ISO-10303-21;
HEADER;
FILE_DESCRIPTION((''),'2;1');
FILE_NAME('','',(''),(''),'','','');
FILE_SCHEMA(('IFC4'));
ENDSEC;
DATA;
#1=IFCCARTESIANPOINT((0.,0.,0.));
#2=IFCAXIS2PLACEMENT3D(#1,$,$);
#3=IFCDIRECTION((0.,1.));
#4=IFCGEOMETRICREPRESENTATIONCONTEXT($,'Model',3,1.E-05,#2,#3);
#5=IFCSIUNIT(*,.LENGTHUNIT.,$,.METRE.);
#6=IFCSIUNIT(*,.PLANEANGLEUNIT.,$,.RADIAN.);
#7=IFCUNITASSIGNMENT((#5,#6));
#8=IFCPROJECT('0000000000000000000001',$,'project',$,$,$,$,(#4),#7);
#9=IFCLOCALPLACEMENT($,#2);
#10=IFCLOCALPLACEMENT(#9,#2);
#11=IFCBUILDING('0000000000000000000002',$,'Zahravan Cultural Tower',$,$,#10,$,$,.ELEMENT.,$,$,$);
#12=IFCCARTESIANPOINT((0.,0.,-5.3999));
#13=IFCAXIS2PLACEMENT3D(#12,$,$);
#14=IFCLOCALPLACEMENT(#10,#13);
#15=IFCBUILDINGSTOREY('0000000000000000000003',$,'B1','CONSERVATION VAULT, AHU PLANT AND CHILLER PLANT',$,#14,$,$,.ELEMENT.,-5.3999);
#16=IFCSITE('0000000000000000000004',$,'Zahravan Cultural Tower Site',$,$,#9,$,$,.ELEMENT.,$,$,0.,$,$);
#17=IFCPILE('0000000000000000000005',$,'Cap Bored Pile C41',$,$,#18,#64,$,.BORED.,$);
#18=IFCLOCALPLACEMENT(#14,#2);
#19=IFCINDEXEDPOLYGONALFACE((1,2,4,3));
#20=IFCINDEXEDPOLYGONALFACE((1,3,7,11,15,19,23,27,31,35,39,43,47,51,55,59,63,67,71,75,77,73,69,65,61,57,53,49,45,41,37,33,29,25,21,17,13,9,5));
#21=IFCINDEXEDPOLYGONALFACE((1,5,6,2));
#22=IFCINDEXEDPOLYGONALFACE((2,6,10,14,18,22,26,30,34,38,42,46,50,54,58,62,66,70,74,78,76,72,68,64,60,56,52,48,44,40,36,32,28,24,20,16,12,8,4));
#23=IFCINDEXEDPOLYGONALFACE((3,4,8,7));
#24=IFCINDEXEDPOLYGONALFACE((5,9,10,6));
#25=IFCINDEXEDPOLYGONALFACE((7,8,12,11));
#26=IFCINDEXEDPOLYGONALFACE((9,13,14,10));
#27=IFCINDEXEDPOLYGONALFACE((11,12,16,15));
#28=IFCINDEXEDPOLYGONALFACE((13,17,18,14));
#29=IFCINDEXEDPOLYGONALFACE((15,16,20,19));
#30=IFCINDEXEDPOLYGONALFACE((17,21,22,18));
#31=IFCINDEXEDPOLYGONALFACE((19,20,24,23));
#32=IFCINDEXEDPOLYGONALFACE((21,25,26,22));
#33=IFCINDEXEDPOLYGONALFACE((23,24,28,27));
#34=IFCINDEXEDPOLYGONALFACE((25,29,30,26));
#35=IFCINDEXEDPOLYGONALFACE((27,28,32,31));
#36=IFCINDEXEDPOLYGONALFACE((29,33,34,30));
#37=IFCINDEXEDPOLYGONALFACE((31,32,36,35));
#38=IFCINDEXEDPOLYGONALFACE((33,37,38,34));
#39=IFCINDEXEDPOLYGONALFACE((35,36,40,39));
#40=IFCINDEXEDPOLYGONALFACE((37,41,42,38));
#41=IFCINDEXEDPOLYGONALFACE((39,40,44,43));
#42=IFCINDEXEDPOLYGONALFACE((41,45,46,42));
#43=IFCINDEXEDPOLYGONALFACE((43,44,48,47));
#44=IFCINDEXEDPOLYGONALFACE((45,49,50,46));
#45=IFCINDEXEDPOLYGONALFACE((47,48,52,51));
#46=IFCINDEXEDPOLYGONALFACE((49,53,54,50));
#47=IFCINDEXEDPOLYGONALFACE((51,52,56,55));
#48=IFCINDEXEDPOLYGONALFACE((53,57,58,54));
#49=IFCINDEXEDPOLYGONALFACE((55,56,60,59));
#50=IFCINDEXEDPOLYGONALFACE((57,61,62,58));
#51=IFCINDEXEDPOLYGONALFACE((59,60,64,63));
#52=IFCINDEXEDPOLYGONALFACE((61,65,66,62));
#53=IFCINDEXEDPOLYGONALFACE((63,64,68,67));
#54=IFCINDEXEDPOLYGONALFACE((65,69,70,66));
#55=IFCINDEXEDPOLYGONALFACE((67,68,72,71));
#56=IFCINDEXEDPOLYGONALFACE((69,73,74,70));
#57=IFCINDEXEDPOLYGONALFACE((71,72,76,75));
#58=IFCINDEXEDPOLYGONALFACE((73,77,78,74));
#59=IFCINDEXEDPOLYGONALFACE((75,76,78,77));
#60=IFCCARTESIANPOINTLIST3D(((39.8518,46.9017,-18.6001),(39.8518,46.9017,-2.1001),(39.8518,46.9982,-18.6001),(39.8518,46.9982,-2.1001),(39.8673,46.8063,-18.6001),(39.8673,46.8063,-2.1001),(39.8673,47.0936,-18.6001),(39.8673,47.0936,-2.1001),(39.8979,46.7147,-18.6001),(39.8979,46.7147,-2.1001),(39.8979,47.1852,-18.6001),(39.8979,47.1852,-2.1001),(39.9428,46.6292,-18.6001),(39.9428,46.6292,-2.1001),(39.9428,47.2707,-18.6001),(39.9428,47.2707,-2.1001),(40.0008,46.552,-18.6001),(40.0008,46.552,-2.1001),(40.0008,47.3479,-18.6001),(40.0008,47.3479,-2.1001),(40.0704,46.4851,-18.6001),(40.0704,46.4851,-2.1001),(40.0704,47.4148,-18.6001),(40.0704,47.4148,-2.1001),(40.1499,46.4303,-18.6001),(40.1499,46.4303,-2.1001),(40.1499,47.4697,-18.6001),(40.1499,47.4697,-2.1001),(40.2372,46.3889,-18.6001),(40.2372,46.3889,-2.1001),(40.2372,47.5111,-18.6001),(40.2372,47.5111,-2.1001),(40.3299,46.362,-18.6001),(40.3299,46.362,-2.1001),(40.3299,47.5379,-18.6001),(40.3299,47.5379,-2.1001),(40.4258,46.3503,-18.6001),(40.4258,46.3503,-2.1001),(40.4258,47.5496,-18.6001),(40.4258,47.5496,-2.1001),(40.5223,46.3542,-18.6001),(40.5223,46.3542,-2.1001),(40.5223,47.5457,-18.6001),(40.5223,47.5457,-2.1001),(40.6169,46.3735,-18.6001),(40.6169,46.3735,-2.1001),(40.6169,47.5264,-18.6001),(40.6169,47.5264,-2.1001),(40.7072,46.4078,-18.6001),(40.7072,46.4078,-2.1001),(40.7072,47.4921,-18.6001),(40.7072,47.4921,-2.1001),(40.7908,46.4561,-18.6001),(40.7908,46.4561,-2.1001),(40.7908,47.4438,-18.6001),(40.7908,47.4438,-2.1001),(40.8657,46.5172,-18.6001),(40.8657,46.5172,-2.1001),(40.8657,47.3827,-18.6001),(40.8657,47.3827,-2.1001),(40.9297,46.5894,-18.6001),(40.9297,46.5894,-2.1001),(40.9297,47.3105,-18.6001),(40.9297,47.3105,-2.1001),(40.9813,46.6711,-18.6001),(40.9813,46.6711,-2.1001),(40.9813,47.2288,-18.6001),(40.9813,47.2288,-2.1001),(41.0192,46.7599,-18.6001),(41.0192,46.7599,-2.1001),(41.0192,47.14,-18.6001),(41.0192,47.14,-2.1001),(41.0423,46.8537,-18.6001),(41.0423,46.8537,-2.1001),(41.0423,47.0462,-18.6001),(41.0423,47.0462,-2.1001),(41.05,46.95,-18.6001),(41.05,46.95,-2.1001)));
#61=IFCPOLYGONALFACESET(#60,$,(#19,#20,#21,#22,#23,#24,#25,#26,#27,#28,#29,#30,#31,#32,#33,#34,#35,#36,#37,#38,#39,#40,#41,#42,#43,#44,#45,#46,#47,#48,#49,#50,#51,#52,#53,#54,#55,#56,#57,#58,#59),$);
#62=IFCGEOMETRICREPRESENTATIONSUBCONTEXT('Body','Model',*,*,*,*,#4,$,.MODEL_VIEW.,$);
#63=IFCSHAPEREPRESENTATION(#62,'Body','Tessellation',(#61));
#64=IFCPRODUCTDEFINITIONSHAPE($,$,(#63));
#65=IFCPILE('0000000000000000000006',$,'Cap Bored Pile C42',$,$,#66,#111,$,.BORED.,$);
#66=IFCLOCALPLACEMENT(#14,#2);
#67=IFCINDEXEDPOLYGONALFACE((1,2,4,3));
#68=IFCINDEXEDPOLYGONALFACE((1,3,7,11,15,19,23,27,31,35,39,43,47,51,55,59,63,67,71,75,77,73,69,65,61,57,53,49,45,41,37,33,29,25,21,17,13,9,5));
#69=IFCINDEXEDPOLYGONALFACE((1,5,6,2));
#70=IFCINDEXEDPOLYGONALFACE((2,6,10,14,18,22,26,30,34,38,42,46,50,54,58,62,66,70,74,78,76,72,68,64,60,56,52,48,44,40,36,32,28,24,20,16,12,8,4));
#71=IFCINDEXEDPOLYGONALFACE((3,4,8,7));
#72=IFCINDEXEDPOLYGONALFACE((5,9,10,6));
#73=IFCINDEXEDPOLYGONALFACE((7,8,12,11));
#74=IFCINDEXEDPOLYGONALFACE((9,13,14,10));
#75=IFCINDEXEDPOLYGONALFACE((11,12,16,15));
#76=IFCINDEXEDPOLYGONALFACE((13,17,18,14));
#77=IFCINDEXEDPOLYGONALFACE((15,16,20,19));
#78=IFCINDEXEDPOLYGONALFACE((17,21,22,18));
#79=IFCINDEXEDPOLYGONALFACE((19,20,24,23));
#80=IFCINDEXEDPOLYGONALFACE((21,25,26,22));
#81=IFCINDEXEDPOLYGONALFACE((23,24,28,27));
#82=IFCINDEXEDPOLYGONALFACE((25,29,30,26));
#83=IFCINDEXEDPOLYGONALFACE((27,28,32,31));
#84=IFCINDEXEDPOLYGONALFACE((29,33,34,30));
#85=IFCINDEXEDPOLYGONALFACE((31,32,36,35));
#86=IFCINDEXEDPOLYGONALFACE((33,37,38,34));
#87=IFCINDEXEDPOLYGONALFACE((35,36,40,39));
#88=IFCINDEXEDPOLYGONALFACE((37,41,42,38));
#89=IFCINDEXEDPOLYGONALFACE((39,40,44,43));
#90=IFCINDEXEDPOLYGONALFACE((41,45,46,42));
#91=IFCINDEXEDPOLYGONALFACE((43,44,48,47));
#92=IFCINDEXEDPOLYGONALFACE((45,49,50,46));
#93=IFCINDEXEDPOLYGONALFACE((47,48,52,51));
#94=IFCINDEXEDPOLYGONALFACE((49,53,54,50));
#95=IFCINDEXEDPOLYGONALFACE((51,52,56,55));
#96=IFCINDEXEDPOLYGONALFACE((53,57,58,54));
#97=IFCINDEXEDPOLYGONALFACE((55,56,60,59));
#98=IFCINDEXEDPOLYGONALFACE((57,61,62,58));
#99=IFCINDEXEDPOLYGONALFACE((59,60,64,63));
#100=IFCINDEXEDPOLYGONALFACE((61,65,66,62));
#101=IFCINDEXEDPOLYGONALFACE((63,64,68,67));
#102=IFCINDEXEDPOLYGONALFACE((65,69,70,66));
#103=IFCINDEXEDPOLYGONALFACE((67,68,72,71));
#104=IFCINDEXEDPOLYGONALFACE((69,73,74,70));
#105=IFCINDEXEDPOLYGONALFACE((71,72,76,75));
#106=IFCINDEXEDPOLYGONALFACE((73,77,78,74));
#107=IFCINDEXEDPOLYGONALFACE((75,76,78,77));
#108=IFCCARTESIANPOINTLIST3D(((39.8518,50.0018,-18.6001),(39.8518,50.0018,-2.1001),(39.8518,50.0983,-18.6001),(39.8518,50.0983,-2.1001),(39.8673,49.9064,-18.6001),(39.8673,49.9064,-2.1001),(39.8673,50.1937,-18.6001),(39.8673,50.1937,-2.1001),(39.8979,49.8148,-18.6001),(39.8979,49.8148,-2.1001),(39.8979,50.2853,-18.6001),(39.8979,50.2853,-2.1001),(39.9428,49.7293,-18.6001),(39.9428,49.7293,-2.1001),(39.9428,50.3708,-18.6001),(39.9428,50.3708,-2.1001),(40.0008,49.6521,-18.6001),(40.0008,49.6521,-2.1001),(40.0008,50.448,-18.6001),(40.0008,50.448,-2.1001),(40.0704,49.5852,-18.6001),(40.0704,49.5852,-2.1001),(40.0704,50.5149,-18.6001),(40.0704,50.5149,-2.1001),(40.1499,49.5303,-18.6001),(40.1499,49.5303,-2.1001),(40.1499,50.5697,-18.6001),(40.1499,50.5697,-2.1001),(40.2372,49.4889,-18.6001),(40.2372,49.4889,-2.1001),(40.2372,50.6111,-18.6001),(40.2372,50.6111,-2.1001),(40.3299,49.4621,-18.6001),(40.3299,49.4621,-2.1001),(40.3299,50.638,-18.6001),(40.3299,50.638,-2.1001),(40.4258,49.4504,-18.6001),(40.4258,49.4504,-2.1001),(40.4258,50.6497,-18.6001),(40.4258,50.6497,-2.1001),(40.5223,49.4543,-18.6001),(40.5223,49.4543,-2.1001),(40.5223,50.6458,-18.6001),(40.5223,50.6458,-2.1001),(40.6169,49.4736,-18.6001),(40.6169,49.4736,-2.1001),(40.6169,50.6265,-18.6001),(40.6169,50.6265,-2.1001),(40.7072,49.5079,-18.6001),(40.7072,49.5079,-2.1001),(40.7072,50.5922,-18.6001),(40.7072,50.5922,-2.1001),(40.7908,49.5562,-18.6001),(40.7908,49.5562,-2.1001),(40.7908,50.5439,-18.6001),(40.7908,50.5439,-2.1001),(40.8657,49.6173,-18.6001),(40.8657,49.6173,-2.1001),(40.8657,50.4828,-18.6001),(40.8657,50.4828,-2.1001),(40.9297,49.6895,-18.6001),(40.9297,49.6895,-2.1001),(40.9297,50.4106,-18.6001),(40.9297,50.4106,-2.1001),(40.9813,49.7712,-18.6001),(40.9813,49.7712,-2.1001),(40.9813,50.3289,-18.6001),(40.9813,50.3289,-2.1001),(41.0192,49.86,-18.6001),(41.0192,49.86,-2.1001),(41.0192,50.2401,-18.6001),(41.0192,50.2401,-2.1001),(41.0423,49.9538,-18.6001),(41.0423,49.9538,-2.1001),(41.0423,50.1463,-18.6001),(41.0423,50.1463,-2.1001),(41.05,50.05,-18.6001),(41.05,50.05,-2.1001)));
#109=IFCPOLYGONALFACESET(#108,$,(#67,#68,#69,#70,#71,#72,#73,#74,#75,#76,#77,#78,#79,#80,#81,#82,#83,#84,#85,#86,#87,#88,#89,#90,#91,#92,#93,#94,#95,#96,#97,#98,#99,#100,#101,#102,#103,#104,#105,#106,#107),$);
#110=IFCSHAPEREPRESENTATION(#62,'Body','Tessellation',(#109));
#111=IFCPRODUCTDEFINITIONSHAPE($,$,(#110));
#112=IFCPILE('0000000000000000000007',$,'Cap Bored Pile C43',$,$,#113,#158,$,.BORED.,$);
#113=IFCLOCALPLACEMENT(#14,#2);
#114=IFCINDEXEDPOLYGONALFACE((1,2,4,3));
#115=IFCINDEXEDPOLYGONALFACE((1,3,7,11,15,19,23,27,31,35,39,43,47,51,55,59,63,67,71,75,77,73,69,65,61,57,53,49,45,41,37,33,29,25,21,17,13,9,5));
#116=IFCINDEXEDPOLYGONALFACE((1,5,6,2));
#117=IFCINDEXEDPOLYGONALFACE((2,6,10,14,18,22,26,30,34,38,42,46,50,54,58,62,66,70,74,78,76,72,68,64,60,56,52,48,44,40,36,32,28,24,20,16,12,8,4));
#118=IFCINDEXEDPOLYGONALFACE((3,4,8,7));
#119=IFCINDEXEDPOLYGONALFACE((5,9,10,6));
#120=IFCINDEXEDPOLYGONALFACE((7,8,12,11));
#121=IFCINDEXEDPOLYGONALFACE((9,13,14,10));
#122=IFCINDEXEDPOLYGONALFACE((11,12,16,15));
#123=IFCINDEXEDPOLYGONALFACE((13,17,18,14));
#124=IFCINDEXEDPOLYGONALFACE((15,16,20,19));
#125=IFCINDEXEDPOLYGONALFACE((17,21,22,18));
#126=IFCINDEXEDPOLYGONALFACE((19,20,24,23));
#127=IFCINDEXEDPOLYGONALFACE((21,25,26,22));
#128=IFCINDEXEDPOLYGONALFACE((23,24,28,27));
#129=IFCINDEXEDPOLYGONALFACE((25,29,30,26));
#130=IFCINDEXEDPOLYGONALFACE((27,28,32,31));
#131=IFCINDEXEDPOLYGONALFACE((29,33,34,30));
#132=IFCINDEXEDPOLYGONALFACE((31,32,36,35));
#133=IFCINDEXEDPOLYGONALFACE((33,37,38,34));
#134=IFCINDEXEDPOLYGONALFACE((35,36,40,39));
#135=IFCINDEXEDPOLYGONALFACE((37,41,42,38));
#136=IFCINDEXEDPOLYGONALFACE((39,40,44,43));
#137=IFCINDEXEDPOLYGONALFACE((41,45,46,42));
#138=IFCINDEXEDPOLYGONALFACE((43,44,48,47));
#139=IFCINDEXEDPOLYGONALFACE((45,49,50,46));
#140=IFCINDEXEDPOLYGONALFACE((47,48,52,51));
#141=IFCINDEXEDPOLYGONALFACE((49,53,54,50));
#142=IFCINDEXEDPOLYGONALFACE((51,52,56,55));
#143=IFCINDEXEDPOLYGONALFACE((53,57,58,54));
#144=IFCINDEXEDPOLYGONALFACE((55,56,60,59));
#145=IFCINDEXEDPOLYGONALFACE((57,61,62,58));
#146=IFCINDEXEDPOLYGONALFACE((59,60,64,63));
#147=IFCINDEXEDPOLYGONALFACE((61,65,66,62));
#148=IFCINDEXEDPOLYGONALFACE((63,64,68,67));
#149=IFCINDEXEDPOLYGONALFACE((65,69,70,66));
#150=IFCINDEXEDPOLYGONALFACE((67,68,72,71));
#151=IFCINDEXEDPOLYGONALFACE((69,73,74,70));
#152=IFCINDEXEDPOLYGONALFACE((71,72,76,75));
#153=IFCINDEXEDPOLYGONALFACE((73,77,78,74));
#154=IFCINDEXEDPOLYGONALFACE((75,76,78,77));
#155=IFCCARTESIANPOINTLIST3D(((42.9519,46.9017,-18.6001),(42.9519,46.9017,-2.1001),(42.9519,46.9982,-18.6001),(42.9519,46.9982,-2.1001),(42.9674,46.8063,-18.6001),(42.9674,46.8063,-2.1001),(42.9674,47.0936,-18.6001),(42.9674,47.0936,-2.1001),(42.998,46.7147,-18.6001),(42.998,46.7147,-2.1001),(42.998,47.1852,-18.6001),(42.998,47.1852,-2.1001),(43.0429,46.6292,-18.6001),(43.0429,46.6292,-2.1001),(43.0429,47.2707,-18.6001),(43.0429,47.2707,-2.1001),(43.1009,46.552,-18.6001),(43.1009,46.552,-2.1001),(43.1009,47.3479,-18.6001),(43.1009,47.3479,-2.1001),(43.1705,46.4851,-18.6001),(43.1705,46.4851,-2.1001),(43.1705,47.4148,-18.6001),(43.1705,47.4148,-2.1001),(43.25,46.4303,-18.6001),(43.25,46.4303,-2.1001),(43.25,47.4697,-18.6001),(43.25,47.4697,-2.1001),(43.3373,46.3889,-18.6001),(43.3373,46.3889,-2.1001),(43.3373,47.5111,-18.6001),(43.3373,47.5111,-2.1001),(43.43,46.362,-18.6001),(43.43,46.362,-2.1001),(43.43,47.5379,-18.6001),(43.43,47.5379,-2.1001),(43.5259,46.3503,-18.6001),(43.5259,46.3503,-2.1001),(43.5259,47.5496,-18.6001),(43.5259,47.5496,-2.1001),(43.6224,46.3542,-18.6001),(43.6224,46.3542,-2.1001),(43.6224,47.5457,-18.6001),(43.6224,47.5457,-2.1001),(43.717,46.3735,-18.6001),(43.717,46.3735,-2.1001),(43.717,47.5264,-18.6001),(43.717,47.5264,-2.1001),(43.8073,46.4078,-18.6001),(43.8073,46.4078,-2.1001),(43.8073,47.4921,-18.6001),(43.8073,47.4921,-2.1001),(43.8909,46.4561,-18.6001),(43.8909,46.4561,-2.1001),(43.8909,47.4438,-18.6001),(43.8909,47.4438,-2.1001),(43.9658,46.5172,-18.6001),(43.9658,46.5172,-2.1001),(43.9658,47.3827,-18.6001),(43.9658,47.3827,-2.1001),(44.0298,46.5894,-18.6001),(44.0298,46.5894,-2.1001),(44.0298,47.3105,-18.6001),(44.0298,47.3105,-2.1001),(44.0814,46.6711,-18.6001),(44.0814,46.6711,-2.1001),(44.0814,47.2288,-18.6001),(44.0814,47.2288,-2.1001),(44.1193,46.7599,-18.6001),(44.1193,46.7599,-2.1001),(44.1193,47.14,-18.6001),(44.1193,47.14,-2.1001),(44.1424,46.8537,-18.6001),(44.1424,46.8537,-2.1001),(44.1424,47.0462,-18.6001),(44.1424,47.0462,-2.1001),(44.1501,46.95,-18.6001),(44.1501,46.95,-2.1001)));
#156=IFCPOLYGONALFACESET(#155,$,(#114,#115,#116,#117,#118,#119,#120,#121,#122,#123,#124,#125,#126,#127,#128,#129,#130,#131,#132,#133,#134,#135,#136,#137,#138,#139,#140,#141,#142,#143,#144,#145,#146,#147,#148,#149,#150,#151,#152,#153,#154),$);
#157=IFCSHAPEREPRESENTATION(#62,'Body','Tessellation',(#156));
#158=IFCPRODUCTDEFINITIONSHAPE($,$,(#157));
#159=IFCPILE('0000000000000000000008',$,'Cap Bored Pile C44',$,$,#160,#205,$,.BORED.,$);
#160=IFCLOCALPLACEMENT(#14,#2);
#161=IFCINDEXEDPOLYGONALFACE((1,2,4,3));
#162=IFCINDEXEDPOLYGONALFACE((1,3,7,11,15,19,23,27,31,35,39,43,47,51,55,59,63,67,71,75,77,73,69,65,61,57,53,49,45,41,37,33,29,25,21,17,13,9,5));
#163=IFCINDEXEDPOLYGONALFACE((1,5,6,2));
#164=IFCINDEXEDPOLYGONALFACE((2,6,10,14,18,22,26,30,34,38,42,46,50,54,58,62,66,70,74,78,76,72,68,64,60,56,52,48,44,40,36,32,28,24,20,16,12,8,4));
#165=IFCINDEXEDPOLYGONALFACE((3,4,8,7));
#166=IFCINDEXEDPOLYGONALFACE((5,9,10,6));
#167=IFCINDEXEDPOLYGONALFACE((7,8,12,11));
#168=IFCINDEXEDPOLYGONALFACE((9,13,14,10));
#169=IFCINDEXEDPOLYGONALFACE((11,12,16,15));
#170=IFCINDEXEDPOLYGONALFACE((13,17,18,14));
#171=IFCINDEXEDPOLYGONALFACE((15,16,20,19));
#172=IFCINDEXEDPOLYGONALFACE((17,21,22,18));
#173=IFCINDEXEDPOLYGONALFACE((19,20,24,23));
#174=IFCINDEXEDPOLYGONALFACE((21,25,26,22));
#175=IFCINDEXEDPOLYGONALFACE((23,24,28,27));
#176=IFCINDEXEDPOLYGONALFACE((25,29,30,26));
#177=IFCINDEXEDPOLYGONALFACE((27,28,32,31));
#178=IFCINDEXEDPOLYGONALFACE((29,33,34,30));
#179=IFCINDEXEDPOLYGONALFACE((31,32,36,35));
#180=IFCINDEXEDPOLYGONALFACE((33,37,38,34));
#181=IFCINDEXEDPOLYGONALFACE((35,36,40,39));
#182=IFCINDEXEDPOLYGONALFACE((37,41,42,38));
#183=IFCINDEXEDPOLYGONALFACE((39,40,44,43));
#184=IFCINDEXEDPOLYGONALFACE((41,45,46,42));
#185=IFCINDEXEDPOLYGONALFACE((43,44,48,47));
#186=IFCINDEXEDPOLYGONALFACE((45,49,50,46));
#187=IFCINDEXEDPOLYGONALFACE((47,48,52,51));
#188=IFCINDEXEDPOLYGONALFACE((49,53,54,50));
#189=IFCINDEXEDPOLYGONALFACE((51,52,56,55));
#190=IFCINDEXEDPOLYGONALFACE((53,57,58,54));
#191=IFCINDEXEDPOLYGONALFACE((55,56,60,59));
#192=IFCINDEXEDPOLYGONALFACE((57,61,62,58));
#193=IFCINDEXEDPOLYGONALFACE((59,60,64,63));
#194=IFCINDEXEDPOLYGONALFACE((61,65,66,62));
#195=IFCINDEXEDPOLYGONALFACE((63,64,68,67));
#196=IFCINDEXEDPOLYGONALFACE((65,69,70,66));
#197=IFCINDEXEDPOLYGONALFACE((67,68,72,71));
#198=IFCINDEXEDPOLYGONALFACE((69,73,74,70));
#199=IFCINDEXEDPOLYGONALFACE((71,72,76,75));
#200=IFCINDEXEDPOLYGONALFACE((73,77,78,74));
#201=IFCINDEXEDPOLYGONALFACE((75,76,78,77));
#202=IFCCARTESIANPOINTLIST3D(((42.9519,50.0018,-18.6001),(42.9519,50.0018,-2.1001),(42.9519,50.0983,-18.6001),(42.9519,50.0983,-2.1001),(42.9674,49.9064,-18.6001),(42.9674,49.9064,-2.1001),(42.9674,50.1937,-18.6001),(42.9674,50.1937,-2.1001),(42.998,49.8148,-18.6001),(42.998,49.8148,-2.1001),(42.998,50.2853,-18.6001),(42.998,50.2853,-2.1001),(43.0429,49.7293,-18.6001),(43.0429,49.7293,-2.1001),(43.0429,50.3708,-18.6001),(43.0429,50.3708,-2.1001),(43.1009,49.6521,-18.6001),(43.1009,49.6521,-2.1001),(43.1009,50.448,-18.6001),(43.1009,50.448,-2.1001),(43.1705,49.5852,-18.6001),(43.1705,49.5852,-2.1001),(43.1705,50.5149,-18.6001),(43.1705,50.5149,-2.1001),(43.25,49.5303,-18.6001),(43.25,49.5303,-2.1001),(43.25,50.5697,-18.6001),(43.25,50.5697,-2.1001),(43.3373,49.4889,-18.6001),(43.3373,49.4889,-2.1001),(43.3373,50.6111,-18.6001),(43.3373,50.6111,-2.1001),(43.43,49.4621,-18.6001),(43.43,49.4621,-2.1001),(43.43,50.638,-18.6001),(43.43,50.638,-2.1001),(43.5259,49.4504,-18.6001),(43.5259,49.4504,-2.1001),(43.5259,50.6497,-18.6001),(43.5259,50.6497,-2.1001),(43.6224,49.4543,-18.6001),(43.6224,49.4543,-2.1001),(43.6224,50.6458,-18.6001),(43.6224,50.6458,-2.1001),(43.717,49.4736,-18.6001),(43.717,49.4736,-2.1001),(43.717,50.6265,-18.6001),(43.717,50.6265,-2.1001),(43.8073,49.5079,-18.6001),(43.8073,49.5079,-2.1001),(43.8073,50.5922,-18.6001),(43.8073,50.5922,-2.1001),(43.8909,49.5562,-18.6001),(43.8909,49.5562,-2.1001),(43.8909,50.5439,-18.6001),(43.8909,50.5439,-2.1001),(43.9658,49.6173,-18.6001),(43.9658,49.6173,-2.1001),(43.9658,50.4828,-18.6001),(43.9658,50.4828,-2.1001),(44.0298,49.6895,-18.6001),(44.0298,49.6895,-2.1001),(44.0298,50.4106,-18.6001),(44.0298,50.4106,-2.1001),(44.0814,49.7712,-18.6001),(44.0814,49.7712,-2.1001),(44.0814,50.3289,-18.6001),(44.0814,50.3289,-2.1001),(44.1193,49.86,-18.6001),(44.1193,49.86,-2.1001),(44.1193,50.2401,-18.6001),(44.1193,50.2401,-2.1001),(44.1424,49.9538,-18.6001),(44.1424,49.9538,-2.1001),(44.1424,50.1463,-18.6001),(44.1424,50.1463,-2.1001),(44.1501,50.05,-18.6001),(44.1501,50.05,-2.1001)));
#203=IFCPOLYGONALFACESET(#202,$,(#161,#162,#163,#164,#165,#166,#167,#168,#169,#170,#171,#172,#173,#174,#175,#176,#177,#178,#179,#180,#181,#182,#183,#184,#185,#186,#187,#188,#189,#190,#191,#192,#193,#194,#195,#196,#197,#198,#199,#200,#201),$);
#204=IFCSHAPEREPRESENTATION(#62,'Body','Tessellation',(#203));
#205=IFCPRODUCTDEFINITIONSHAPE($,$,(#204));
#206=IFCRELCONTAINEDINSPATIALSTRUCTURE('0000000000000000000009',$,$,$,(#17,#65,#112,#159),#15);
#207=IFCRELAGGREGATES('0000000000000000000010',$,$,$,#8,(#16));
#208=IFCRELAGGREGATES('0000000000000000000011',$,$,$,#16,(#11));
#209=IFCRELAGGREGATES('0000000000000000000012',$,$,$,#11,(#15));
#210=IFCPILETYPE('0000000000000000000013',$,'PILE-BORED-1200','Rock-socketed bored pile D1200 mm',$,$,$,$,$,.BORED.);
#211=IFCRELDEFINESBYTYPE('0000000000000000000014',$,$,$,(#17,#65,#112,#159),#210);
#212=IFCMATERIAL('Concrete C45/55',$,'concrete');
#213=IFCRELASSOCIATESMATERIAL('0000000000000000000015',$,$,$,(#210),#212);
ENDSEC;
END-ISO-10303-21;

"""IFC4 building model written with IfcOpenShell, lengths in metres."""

from ifc_helpers import new_model, si_unit, direction, frame, origin, origin_2d, place, context, subcontext, project, spatial, circle, extrude, material, material_profile, profile_set, type_object, element, save


model = new_model("IFC4")

# Units and contexts
model_context = context("Model", 3, precision=1e-05, world=origin(), true_north=direction((0.0, 1.0)))
body_context = subcontext(model_context, "Body", "Model", "MODEL_VIEW")
ifc_project = project(units=[si_unit("LENGTHUNIT", "METRE"), si_unit("PLANEANGLEUNIT", "RADIAN")], contexts=[model_context])

# Site, building, storey
site_placement = place(None, origin())
site = spatial("IfcSite", under=ifc_project, at=site_placement, Name="Zahravan Cultural Tower Site", CompositionType="ELEMENT", RefElevation=0.0)
building_placement = place(site_placement, origin())
building = spatial("IfcBuilding", under=site, at=building_placement, Name="Zahravan Cultural Tower", CompositionType="ELEMENT")
storey_placement = place(building_placement, frame((0.0, 0.0, -5.3999)))
storey = spatial("IfcBuildingStorey", under=building, at=storey_placement, Name="B1", Description="CONSERVATION VAULT, AHU PLANT AND CHILLER PLANT", CompositionType="ELEMENT", Elevation=-5.3999)

# Piles
ifc_material_1 = material(Name="Concrete C45/55", Category="concrete")
ifc_material_profile_1 = material_profile(ifc_material_1, circle(Radius=0.6001, at=origin_2d()), Name="PILE-D1200")
ifc_profile_set_1 = profile_set([ifc_material_profile_1], Name="Concrete C45/55")
pile_type_1 = type_object("IfcPileType", Name="PILE-BORED-1200", Description="Rock-socketed bored pile D1200 mm", PredefinedType="BORED", material=ifc_profile_set_1)
for number, where, z_axis, x_axis, name in (
    (1, (40.45, 46.95, -2.1001), (0.0, 0.0, -1.0), (1.0, 0.0, 0.0), "Cap Bored Pile C41"),
    (2, (40.45, 50.05, -2.1001), (0.0, 0.0, -1.0), (1.0, 0.0, 0.0), "Cap Bored Pile C42"),
    (3, (43.55, 46.95, -2.1001), (0.0, 0.0, -1.0), (1.0, 0.0, 0.0), "Cap Bored Pile C43"),
    (4, (43.55, 50.05, -2.1001), (0.0, 0.0, -1.0), (1.0, 0.0, 0.0), "Cap Bored Pile C44"),
):
    element("IfcPile", number, at=place(storey_placement, frame(where, z_axis=z_axis, x_axis=x_axis)), inside=storey, type_object=pile_type_1, Name=name, PredefinedType="BORED", context=body_context, shape_type="SweptSolid", body=[
        extrude(circle(Radius=0.6001, at=origin_2d()), origin(), (0.0, 0.0, 1.0), 16.5),
    ])

save(model, "model.ifc")
